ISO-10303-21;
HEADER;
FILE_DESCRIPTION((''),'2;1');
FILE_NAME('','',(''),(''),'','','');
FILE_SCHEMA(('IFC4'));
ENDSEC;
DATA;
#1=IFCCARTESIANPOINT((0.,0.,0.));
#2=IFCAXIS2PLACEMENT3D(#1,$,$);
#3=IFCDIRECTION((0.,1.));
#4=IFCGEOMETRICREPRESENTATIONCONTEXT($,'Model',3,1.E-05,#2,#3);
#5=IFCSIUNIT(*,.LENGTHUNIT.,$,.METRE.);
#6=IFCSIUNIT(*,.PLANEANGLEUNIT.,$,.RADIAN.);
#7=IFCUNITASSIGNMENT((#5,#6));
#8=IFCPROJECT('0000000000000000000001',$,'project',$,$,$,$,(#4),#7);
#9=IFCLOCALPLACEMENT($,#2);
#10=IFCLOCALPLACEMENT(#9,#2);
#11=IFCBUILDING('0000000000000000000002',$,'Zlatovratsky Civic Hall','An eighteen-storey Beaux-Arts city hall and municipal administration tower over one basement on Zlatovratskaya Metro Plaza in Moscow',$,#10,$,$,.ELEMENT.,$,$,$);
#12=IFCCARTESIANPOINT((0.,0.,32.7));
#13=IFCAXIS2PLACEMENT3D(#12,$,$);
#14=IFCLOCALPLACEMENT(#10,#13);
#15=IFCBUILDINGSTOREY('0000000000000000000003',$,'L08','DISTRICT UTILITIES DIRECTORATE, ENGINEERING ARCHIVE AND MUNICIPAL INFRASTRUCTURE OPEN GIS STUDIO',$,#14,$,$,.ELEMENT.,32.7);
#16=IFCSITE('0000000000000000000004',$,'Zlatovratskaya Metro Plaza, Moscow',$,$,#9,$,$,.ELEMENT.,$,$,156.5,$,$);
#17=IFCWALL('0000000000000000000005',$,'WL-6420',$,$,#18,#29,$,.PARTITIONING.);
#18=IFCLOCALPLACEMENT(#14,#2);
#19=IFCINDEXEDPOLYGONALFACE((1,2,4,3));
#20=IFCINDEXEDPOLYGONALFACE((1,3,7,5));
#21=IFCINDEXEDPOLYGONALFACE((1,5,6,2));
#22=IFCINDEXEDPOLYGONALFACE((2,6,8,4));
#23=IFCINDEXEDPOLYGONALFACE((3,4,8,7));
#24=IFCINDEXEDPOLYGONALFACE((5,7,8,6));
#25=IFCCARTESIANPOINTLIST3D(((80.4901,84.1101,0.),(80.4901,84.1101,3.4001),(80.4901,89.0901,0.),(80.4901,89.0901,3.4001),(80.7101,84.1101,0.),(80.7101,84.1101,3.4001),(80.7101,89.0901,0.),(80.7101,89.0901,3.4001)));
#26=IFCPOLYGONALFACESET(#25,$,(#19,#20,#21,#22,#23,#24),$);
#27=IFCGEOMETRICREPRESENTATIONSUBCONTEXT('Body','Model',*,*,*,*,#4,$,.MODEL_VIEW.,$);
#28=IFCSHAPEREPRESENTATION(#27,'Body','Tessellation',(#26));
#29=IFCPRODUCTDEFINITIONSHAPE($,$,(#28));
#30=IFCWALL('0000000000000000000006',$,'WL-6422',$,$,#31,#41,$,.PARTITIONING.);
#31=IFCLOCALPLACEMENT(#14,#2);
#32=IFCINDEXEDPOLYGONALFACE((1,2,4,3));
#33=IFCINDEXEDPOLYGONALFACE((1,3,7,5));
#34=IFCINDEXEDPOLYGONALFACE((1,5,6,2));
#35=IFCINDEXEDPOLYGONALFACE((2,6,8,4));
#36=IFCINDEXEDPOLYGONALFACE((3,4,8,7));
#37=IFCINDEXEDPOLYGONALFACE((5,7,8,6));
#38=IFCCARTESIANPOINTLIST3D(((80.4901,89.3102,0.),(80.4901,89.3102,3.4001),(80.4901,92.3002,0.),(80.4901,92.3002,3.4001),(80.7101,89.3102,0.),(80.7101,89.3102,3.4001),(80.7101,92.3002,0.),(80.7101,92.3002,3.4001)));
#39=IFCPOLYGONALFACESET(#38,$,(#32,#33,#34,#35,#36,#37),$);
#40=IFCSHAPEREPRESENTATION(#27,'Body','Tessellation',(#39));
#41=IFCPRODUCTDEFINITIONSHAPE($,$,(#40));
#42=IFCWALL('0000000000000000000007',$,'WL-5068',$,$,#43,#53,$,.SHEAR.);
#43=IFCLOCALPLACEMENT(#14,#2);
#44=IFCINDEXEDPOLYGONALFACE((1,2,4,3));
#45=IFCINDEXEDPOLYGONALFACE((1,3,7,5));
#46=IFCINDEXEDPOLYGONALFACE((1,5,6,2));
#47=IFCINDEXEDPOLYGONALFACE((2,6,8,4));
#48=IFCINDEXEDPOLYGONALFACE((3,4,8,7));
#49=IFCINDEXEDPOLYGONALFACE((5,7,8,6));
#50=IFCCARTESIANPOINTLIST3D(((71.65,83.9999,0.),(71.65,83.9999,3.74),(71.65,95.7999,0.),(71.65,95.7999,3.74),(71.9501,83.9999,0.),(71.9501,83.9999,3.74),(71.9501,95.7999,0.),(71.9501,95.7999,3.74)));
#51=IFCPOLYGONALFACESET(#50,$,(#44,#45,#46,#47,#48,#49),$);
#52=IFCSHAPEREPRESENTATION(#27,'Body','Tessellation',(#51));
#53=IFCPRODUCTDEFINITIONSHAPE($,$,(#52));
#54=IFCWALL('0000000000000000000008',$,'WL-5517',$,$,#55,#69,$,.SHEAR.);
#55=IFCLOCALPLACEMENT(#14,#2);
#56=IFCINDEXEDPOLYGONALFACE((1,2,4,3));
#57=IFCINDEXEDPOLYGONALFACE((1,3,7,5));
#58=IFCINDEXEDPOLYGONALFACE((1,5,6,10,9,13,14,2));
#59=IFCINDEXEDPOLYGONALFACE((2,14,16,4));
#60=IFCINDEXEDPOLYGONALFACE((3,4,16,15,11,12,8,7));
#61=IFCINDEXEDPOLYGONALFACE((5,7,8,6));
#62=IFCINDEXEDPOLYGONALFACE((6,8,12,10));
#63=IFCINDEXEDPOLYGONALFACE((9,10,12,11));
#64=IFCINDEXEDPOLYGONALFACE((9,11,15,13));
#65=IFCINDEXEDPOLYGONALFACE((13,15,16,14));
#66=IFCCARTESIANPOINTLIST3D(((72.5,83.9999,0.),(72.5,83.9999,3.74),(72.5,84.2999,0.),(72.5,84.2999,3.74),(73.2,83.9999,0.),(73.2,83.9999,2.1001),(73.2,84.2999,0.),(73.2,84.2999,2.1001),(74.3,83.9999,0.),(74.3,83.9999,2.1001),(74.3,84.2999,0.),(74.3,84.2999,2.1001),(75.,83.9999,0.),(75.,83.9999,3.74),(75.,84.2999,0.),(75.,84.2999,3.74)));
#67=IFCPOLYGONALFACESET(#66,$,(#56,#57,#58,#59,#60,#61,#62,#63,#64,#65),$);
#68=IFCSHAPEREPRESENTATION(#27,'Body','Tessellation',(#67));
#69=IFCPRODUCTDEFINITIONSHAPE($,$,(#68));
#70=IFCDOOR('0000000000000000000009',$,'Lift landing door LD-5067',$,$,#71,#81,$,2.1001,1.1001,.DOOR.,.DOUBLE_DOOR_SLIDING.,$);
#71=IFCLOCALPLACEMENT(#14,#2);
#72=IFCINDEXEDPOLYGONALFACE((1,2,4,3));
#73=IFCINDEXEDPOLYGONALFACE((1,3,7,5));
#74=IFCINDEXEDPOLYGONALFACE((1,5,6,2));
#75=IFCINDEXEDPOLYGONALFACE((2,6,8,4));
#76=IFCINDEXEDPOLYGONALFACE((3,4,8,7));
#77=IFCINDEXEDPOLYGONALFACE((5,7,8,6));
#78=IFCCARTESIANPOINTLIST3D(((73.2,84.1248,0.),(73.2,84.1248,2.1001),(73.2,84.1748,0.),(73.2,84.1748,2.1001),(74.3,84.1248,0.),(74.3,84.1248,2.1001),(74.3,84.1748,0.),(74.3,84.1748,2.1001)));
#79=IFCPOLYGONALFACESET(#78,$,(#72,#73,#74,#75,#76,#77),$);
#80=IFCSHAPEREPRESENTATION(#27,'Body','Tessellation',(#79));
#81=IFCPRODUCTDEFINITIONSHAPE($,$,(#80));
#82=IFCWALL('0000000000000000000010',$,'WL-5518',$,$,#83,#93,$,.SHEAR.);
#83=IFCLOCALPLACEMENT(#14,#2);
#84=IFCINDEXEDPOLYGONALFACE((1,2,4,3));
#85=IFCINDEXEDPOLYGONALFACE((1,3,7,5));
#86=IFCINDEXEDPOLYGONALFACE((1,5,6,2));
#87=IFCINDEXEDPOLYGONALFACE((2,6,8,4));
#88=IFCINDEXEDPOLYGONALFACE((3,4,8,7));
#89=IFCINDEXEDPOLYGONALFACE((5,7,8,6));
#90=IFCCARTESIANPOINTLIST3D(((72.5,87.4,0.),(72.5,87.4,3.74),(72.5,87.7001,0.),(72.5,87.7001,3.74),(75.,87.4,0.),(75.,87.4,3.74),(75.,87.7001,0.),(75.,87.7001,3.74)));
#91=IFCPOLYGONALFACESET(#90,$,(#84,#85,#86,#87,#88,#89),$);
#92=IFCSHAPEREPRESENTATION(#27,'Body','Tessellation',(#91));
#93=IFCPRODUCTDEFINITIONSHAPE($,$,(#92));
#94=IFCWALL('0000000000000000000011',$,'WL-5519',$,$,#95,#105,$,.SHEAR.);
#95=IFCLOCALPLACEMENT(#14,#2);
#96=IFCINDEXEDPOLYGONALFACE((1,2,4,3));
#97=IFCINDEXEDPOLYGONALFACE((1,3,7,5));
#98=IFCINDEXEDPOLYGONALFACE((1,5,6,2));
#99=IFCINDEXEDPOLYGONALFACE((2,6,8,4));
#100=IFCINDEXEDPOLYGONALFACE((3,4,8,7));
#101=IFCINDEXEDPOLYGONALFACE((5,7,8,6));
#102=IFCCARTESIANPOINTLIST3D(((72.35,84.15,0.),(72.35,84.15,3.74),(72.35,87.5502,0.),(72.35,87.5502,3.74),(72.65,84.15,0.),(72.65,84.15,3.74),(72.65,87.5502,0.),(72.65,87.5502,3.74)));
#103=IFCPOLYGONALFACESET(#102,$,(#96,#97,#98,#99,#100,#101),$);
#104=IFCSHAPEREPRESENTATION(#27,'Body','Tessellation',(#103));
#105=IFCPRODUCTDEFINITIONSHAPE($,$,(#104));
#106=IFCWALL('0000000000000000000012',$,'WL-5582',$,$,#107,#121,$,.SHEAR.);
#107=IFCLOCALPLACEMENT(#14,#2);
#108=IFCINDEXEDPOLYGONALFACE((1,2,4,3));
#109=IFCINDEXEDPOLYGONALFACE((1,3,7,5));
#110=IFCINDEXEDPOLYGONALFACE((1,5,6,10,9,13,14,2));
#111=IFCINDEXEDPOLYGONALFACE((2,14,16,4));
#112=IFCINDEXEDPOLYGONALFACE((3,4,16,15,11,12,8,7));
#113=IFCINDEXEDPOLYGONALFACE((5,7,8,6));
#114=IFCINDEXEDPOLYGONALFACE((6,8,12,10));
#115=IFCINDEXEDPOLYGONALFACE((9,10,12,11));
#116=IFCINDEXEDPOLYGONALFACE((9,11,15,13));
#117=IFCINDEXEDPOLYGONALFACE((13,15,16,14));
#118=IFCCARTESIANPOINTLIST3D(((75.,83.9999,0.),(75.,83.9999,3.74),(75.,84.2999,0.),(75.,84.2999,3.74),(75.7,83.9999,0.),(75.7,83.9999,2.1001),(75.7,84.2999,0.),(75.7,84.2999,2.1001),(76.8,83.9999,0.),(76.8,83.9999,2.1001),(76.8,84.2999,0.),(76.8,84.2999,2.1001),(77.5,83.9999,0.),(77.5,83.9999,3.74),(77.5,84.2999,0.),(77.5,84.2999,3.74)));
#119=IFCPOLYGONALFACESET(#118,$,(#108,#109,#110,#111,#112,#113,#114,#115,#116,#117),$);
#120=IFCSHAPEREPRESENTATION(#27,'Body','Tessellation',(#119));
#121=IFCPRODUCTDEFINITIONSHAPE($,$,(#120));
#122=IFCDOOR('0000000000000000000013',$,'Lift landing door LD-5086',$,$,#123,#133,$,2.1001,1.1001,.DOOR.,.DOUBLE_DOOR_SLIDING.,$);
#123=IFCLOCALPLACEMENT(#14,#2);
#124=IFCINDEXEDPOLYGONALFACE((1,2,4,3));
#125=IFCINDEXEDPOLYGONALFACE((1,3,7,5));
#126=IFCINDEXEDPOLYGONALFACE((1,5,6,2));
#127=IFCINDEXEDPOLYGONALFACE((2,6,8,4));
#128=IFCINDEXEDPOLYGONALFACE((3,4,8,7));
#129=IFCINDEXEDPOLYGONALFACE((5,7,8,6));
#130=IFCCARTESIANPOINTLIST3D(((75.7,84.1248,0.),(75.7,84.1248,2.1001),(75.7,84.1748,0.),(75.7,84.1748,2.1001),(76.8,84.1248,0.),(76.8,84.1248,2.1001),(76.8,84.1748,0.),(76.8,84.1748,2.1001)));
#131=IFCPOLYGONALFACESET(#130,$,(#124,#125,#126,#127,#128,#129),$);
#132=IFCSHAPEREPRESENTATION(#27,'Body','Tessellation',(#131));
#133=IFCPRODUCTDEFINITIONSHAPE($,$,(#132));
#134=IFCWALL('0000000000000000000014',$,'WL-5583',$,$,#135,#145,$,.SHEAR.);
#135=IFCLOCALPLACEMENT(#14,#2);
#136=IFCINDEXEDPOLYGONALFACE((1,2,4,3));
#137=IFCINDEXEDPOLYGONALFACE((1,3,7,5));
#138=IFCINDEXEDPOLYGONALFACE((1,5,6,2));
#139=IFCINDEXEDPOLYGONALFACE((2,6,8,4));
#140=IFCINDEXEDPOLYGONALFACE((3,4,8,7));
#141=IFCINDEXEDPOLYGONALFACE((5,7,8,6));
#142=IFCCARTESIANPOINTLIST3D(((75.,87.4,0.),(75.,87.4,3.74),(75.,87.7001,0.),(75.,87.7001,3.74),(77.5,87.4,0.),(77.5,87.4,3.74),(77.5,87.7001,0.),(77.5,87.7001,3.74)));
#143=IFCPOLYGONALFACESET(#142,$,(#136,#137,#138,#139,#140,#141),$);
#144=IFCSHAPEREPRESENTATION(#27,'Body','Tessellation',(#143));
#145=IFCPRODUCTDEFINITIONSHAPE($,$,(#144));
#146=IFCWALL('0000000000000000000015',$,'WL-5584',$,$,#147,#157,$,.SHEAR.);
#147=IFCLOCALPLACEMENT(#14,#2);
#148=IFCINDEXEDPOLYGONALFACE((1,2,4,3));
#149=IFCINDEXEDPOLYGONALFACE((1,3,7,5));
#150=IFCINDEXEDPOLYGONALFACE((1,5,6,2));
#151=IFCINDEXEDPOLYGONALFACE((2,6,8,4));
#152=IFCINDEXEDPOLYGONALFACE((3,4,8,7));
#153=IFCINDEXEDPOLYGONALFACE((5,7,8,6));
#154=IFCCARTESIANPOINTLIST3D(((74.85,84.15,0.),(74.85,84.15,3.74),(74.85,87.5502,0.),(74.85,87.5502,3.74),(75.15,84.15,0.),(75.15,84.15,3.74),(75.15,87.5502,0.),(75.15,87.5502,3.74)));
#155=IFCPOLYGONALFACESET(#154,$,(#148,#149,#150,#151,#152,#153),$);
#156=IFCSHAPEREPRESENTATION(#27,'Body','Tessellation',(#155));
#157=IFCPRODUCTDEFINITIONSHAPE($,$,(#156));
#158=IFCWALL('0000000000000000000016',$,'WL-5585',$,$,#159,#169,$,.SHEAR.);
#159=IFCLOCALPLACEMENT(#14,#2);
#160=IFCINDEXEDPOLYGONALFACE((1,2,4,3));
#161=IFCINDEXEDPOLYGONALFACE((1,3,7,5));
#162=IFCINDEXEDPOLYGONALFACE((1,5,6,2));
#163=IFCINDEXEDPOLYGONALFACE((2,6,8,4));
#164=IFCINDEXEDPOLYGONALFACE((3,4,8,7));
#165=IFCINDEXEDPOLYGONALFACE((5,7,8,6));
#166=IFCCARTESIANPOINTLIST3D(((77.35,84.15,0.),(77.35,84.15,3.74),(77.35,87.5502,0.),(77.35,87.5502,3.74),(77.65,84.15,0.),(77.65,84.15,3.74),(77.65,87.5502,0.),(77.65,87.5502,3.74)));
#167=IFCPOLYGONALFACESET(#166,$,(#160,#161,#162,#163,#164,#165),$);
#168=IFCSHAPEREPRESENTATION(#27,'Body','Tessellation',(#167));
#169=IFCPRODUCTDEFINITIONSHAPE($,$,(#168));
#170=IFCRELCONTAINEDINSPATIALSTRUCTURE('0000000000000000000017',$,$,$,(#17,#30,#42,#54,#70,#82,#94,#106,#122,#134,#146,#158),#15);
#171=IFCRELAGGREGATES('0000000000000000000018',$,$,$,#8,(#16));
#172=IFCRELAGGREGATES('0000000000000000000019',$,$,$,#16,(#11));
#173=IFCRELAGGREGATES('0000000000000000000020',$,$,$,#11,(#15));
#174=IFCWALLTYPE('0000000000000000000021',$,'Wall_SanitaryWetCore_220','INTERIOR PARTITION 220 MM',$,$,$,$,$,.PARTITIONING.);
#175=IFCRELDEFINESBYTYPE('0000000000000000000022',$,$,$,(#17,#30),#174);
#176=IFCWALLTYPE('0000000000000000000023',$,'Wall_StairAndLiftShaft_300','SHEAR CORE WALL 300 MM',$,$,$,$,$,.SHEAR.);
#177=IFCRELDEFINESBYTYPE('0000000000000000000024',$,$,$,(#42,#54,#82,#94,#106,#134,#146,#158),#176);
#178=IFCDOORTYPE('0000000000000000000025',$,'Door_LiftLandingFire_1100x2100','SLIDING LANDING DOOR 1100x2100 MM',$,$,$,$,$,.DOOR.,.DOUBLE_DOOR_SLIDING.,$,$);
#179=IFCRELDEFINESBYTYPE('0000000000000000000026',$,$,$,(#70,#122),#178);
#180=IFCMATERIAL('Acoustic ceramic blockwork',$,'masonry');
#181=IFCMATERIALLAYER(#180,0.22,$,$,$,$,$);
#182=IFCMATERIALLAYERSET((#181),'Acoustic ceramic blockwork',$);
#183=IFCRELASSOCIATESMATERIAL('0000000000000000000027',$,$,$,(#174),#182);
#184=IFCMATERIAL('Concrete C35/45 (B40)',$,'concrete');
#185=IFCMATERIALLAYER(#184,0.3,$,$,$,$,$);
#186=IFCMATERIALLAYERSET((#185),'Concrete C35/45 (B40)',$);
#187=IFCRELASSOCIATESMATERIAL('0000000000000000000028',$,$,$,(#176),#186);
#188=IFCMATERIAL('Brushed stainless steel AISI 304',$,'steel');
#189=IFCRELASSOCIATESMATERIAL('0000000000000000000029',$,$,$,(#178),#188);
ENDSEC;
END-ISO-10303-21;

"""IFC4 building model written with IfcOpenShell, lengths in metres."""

from ifc_helpers import new_model, si_unit, direction, frame, frame_2d, origin, place, context, subcontext, project, spatial, rectangle, extrude, material, layer, layer_set, type_object, element, fill, save


model = new_model("IFC4")

# Units and contexts
model_context = context("Model", 3, precision=1e-05, world=origin(), true_north=direction((0.0, 1.0)))
body_context = subcontext(model_context, "Body", "Model", "MODEL_VIEW")
ifc_project = project(units=[si_unit("LENGTHUNIT", "METRE"), si_unit("PLANEANGLEUNIT", "RADIAN")], contexts=[model_context])

# Site, building, storey
site_placement = place(None, origin())
site = spatial("IfcSite", under=ifc_project, at=site_placement, Name="Zlatovratskaya Metro Plaza, Moscow", CompositionType="ELEMENT", RefElevation=156.5)
building_placement = place(site_placement, origin())
building = spatial("IfcBuilding", under=site, at=building_placement, Name="Zlatovratsky Civic Hall", Description="An eighteen-storey Beaux-Arts city hall and municipal administration tower over one basement on Zlatovratskaya Metro Plaza in Moscow", CompositionType="ELEMENT")
storey_placement = place(building_placement, frame((0.0, 0.0, 32.7)))
storey = spatial("IfcBuildingStorey", under=building, at=storey_placement, Name="L08", Description="DISTRICT UTILITIES DIRECTORATE, ENGINEERING ARCHIVE AND MUNICIPAL INFRASTRUCTURE OPEN GIS STUDIO", CompositionType="ELEMENT", Elevation=32.7)

# Shared definitions
ifc_material_1 = material(Name="Concrete C35/45 (B40)", Category="concrete")

# Shared definitions
ifc_material_2 = material(Name="Acoustic ceramic blockwork", Category="masonry")

# Shared definitions
ifc_layer_1 = layer(ifc_material_2, 0.22)
ifc_layer_set_1 = layer_set([ifc_layer_1], Name="Acoustic ceramic blockwork")
wall_type_1 = type_object("IfcWallType", Name="Wall_SanitaryWetCore_220", Description="INTERIOR PARTITION 220 MM", PredefinedType="PARTITIONING", material=ifc_layer_set_1)

# Walls
wall_1_placement = place(storey_placement, frame((80.6001, 84.1101, 0.0), z_axis=(0.0, 0.0, 1.0), x_axis=(0.0, 1.0, 0.0)))
element("IfcWall", 1, at=wall_1_placement, inside=storey, type_object=wall_type_1, Name="WL-6420", PredefinedType="PARTITIONING", context=body_context, shape_type="SweptSolid", body=[
    extrude(rectangle(XDim=4.98, YDim=0.22, at=frame_2d((2.49, 0.0))), origin(), (0.0, 0.0, 1.0), 3.4001),
])
wall_2_placement = place(storey_placement, frame((80.6001, 89.3101, 0.0), z_axis=(0.0, 0.0, 1.0), x_axis=(0.0, 1.0, 0.0)))
element("IfcWall", 2, at=wall_2_placement, inside=storey, type_object=wall_type_1, Name="WL-6422", PredefinedType="PARTITIONING", context=body_context, shape_type="SweptSolid", body=[
    extrude(rectangle(XDim=2.99, YDim=0.22, at=frame_2d((1.4951, 0.0))), origin(), (0.0, 0.0, 1.0), 3.4001),
])
ifc_layer_2 = layer(ifc_material_1, 0.3)
ifc_layer_set_2 = layer_set([ifc_layer_2], Name="Concrete C35/45 (B40)")
wall_type_2 = type_object("IfcWallType", Name="Wall_StairAndLiftShaft_300", Description="SHEAR CORE WALL 300 MM", PredefinedType="SHEAR", material=ifc_layer_set_2)
wall_3_placement = place(storey_placement, frame((71.8, 84.0, 0.0), z_axis=(0.0, 0.0, 1.0), x_axis=(0.0, 1.0, 0.0)))
element("IfcWall", 3, at=wall_3_placement, inside=storey, type_object=wall_type_2, Name="WL-5068", PredefinedType="SHEAR", context=body_context, shape_type="SweptSolid", body=[
    extrude(rectangle(XDim=11.8, YDim=0.3, at=frame_2d((5.8999, 0.0))), origin(), (0.0, 0.0, 1.0), 3.74),
])

# Wall, opening, door
wall_4_placement = place(storey_placement, frame((72.5, 84.1499, 0.0), z_axis=(0.0, 0.0, 1.0), x_axis=(1.0, 0.0, 0.0)))
wall_4 = element("IfcWall", 4, at=wall_4_placement, inside=storey, type_object=wall_type_2, Name="WL-5517", PredefinedType="SHEAR", context=body_context, shape_type="SweptSolid", body=[
    extrude(rectangle(XDim=2.5, YDim=0.3, at=frame_2d((1.25, 0.0))), origin(), (0.0, 0.0, 1.0), 3.74),
])
opening_1_placement = place(wall_4_placement, frame((0.7, 0.0, 0.0)))
opening_1 = element("IfcOpeningElement", 5, at=opening_1_placement, cuts=wall_4, PredefinedType="OPENING", context=body_context, shape_type="SweptSolid", body=[
    extrude(rectangle(XDim=1.1001, YDim=2.1001, at=frame_2d((0.55, 1.05))), frame((0.0, 0.165, 0.0), z_axis=(0.0, -1.0, 0.0), x_axis=(1.0, 0.0, 0.0)), (0.0, 0.0, 1.0), 0.3298),
])
ifc_material_3 = material(Name="Brushed stainless steel AISI 304", Category="steel")
door_type_1 = type_object("IfcDoorType", Name="Door_LiftLandingFire_1100x2100", Description="SLIDING LANDING DOOR 1100x2100 MM", OperationType="DOUBLE_DOOR_SLIDING", PredefinedType="DOOR", material=ifc_material_3)
door_1_placement = place(opening_1_placement, origin())
door_1 = element("IfcDoor", 6, at=door_1_placement, inside=storey, type_object=door_type_1, Name="Lift landing door LD-5067", OperationType="DOUBLE_DOOR_SLIDING", OverallHeight=2.1001, OverallWidth=1.1001, PredefinedType="DOOR", context=body_context, shape_type="SweptSolid", body=[
    extrude(rectangle(XDim=1.1001, YDim=2.1001, at=frame_2d((0.55, 1.05))), frame((0.0, 0.0249, 0.0), z_axis=(0.0, -1.0, 0.0), x_axis=(1.0, 0.0, 0.0)), (0.0, 0.0, 1.0), 0.05),
])
fill(opening_1, door_1)

# Walls
wall_5_placement = place(storey_placement, frame((72.5, 87.55, 0.0), z_axis=(0.0, 0.0, 1.0), x_axis=(1.0, 0.0, 0.0)))
element("IfcWall", 7, at=wall_5_placement, inside=storey, type_object=wall_type_2, Name="WL-5518", PredefinedType="SHEAR", context=body_context, shape_type="SweptSolid", body=[
    extrude(rectangle(XDim=2.5, YDim=0.3, at=frame_2d((1.25, 0.0))), origin(), (0.0, 0.0, 1.0), 3.74),
])
wall_6_placement = place(storey_placement, frame((72.5, 84.1499, 0.0), z_axis=(0.0, 0.0, 1.0), x_axis=(0.0, 1.0, 0.0)))
element("IfcWall", 8, at=wall_6_placement, inside=storey, type_object=wall_type_2, Name="WL-5519", PredefinedType="SHEAR", context=body_context, shape_type="SweptSolid", body=[
    extrude(rectangle(XDim=3.4001, YDim=0.3, at=frame_2d((1.7002, 0.0))), origin(), (0.0, 0.0, 1.0), 3.74),
])

# Wall, opening, door
wall_7_placement = place(storey_placement, frame((75.0, 84.1499, 0.0), z_axis=(0.0, 0.0, 1.0), x_axis=(1.0, 0.0, 0.0)))
wall_7 = element("IfcWall", 9, at=wall_7_placement, inside=storey, type_object=wall_type_2, Name="WL-5582", PredefinedType="SHEAR", context=body_context, shape_type="SweptSolid", body=[
    extrude(rectangle(XDim=2.5, YDim=0.3, at=frame_2d((1.25, 0.0))), origin(), (0.0, 0.0, 1.0), 3.74),
])
opening_2_placement = place(wall_7_placement, frame((0.7, 0.0, 0.0)))
opening_2 = element("IfcOpeningElement", 10, at=opening_2_placement, cuts=wall_7, PredefinedType="OPENING", context=body_context, shape_type="SweptSolid", body=[
    extrude(rectangle(XDim=1.1001, YDim=2.1001, at=frame_2d((0.55, 1.05))), frame((0.0, 0.165, 0.0), z_axis=(0.0, -1.0, 0.0), x_axis=(1.0, 0.0, 0.0)), (0.0, 0.0, 1.0), 0.3298),
])
door_2_placement = place(opening_2_placement, origin())
door_2 = element("IfcDoor", 11, at=door_2_placement, inside=storey, type_object=door_type_1, Name="Lift landing door LD-5086", OperationType="DOUBLE_DOOR_SLIDING", OverallHeight=2.1001, OverallWidth=1.1001, PredefinedType="DOOR", context=body_context, shape_type="SweptSolid", body=[
    extrude(rectangle(XDim=1.1001, YDim=2.1001, at=frame_2d((0.55, 1.05))), frame((0.0, 0.0249, 0.0), z_axis=(0.0, -1.0, 0.0), x_axis=(1.0, 0.0, 0.0)), (0.0, 0.0, 1.0), 0.05),
])
fill(opening_2, door_2)

# Walls
wall_8_placement = place(storey_placement, frame((75.0, 87.55, 0.0), z_axis=(0.0, 0.0, 1.0), x_axis=(1.0, 0.0, 0.0)))
element("IfcWall", 12, at=wall_8_placement, inside=storey, type_object=wall_type_2, Name="WL-5583", PredefinedType="SHEAR", context=body_context, shape_type="SweptSolid", body=[
    extrude(rectangle(XDim=2.5, YDim=0.3, at=frame_2d((1.25, 0.0))), origin(), (0.0, 0.0, 1.0), 3.74),
])
for number, where, z_axis, x_axis, name in (
    (13, (75.0, 84.1499, 0.0), (0.0, 0.0, 1.0), (0.0, 1.0, 0.0), "WL-5584"),
    (14, (77.5, 84.1499, 0.0), (0.0, 0.0, 1.0), (0.0, 1.0, 0.0), "WL-5585"),
):
    element("IfcWall", number, at=place(storey_placement, frame(where, z_axis=z_axis, x_axis=x_axis)), inside=storey, type_object=wall_type_2, Name=name, PredefinedType="SHEAR", context=body_context, shape_type="SweptSolid", body=[
        extrude(rectangle(XDim=3.4001, YDim=0.3, at=frame_2d((1.7002, 0.0))), origin(), (0.0, 0.0, 1.0), 3.74),
    ])

save(model, "model.ifc")
